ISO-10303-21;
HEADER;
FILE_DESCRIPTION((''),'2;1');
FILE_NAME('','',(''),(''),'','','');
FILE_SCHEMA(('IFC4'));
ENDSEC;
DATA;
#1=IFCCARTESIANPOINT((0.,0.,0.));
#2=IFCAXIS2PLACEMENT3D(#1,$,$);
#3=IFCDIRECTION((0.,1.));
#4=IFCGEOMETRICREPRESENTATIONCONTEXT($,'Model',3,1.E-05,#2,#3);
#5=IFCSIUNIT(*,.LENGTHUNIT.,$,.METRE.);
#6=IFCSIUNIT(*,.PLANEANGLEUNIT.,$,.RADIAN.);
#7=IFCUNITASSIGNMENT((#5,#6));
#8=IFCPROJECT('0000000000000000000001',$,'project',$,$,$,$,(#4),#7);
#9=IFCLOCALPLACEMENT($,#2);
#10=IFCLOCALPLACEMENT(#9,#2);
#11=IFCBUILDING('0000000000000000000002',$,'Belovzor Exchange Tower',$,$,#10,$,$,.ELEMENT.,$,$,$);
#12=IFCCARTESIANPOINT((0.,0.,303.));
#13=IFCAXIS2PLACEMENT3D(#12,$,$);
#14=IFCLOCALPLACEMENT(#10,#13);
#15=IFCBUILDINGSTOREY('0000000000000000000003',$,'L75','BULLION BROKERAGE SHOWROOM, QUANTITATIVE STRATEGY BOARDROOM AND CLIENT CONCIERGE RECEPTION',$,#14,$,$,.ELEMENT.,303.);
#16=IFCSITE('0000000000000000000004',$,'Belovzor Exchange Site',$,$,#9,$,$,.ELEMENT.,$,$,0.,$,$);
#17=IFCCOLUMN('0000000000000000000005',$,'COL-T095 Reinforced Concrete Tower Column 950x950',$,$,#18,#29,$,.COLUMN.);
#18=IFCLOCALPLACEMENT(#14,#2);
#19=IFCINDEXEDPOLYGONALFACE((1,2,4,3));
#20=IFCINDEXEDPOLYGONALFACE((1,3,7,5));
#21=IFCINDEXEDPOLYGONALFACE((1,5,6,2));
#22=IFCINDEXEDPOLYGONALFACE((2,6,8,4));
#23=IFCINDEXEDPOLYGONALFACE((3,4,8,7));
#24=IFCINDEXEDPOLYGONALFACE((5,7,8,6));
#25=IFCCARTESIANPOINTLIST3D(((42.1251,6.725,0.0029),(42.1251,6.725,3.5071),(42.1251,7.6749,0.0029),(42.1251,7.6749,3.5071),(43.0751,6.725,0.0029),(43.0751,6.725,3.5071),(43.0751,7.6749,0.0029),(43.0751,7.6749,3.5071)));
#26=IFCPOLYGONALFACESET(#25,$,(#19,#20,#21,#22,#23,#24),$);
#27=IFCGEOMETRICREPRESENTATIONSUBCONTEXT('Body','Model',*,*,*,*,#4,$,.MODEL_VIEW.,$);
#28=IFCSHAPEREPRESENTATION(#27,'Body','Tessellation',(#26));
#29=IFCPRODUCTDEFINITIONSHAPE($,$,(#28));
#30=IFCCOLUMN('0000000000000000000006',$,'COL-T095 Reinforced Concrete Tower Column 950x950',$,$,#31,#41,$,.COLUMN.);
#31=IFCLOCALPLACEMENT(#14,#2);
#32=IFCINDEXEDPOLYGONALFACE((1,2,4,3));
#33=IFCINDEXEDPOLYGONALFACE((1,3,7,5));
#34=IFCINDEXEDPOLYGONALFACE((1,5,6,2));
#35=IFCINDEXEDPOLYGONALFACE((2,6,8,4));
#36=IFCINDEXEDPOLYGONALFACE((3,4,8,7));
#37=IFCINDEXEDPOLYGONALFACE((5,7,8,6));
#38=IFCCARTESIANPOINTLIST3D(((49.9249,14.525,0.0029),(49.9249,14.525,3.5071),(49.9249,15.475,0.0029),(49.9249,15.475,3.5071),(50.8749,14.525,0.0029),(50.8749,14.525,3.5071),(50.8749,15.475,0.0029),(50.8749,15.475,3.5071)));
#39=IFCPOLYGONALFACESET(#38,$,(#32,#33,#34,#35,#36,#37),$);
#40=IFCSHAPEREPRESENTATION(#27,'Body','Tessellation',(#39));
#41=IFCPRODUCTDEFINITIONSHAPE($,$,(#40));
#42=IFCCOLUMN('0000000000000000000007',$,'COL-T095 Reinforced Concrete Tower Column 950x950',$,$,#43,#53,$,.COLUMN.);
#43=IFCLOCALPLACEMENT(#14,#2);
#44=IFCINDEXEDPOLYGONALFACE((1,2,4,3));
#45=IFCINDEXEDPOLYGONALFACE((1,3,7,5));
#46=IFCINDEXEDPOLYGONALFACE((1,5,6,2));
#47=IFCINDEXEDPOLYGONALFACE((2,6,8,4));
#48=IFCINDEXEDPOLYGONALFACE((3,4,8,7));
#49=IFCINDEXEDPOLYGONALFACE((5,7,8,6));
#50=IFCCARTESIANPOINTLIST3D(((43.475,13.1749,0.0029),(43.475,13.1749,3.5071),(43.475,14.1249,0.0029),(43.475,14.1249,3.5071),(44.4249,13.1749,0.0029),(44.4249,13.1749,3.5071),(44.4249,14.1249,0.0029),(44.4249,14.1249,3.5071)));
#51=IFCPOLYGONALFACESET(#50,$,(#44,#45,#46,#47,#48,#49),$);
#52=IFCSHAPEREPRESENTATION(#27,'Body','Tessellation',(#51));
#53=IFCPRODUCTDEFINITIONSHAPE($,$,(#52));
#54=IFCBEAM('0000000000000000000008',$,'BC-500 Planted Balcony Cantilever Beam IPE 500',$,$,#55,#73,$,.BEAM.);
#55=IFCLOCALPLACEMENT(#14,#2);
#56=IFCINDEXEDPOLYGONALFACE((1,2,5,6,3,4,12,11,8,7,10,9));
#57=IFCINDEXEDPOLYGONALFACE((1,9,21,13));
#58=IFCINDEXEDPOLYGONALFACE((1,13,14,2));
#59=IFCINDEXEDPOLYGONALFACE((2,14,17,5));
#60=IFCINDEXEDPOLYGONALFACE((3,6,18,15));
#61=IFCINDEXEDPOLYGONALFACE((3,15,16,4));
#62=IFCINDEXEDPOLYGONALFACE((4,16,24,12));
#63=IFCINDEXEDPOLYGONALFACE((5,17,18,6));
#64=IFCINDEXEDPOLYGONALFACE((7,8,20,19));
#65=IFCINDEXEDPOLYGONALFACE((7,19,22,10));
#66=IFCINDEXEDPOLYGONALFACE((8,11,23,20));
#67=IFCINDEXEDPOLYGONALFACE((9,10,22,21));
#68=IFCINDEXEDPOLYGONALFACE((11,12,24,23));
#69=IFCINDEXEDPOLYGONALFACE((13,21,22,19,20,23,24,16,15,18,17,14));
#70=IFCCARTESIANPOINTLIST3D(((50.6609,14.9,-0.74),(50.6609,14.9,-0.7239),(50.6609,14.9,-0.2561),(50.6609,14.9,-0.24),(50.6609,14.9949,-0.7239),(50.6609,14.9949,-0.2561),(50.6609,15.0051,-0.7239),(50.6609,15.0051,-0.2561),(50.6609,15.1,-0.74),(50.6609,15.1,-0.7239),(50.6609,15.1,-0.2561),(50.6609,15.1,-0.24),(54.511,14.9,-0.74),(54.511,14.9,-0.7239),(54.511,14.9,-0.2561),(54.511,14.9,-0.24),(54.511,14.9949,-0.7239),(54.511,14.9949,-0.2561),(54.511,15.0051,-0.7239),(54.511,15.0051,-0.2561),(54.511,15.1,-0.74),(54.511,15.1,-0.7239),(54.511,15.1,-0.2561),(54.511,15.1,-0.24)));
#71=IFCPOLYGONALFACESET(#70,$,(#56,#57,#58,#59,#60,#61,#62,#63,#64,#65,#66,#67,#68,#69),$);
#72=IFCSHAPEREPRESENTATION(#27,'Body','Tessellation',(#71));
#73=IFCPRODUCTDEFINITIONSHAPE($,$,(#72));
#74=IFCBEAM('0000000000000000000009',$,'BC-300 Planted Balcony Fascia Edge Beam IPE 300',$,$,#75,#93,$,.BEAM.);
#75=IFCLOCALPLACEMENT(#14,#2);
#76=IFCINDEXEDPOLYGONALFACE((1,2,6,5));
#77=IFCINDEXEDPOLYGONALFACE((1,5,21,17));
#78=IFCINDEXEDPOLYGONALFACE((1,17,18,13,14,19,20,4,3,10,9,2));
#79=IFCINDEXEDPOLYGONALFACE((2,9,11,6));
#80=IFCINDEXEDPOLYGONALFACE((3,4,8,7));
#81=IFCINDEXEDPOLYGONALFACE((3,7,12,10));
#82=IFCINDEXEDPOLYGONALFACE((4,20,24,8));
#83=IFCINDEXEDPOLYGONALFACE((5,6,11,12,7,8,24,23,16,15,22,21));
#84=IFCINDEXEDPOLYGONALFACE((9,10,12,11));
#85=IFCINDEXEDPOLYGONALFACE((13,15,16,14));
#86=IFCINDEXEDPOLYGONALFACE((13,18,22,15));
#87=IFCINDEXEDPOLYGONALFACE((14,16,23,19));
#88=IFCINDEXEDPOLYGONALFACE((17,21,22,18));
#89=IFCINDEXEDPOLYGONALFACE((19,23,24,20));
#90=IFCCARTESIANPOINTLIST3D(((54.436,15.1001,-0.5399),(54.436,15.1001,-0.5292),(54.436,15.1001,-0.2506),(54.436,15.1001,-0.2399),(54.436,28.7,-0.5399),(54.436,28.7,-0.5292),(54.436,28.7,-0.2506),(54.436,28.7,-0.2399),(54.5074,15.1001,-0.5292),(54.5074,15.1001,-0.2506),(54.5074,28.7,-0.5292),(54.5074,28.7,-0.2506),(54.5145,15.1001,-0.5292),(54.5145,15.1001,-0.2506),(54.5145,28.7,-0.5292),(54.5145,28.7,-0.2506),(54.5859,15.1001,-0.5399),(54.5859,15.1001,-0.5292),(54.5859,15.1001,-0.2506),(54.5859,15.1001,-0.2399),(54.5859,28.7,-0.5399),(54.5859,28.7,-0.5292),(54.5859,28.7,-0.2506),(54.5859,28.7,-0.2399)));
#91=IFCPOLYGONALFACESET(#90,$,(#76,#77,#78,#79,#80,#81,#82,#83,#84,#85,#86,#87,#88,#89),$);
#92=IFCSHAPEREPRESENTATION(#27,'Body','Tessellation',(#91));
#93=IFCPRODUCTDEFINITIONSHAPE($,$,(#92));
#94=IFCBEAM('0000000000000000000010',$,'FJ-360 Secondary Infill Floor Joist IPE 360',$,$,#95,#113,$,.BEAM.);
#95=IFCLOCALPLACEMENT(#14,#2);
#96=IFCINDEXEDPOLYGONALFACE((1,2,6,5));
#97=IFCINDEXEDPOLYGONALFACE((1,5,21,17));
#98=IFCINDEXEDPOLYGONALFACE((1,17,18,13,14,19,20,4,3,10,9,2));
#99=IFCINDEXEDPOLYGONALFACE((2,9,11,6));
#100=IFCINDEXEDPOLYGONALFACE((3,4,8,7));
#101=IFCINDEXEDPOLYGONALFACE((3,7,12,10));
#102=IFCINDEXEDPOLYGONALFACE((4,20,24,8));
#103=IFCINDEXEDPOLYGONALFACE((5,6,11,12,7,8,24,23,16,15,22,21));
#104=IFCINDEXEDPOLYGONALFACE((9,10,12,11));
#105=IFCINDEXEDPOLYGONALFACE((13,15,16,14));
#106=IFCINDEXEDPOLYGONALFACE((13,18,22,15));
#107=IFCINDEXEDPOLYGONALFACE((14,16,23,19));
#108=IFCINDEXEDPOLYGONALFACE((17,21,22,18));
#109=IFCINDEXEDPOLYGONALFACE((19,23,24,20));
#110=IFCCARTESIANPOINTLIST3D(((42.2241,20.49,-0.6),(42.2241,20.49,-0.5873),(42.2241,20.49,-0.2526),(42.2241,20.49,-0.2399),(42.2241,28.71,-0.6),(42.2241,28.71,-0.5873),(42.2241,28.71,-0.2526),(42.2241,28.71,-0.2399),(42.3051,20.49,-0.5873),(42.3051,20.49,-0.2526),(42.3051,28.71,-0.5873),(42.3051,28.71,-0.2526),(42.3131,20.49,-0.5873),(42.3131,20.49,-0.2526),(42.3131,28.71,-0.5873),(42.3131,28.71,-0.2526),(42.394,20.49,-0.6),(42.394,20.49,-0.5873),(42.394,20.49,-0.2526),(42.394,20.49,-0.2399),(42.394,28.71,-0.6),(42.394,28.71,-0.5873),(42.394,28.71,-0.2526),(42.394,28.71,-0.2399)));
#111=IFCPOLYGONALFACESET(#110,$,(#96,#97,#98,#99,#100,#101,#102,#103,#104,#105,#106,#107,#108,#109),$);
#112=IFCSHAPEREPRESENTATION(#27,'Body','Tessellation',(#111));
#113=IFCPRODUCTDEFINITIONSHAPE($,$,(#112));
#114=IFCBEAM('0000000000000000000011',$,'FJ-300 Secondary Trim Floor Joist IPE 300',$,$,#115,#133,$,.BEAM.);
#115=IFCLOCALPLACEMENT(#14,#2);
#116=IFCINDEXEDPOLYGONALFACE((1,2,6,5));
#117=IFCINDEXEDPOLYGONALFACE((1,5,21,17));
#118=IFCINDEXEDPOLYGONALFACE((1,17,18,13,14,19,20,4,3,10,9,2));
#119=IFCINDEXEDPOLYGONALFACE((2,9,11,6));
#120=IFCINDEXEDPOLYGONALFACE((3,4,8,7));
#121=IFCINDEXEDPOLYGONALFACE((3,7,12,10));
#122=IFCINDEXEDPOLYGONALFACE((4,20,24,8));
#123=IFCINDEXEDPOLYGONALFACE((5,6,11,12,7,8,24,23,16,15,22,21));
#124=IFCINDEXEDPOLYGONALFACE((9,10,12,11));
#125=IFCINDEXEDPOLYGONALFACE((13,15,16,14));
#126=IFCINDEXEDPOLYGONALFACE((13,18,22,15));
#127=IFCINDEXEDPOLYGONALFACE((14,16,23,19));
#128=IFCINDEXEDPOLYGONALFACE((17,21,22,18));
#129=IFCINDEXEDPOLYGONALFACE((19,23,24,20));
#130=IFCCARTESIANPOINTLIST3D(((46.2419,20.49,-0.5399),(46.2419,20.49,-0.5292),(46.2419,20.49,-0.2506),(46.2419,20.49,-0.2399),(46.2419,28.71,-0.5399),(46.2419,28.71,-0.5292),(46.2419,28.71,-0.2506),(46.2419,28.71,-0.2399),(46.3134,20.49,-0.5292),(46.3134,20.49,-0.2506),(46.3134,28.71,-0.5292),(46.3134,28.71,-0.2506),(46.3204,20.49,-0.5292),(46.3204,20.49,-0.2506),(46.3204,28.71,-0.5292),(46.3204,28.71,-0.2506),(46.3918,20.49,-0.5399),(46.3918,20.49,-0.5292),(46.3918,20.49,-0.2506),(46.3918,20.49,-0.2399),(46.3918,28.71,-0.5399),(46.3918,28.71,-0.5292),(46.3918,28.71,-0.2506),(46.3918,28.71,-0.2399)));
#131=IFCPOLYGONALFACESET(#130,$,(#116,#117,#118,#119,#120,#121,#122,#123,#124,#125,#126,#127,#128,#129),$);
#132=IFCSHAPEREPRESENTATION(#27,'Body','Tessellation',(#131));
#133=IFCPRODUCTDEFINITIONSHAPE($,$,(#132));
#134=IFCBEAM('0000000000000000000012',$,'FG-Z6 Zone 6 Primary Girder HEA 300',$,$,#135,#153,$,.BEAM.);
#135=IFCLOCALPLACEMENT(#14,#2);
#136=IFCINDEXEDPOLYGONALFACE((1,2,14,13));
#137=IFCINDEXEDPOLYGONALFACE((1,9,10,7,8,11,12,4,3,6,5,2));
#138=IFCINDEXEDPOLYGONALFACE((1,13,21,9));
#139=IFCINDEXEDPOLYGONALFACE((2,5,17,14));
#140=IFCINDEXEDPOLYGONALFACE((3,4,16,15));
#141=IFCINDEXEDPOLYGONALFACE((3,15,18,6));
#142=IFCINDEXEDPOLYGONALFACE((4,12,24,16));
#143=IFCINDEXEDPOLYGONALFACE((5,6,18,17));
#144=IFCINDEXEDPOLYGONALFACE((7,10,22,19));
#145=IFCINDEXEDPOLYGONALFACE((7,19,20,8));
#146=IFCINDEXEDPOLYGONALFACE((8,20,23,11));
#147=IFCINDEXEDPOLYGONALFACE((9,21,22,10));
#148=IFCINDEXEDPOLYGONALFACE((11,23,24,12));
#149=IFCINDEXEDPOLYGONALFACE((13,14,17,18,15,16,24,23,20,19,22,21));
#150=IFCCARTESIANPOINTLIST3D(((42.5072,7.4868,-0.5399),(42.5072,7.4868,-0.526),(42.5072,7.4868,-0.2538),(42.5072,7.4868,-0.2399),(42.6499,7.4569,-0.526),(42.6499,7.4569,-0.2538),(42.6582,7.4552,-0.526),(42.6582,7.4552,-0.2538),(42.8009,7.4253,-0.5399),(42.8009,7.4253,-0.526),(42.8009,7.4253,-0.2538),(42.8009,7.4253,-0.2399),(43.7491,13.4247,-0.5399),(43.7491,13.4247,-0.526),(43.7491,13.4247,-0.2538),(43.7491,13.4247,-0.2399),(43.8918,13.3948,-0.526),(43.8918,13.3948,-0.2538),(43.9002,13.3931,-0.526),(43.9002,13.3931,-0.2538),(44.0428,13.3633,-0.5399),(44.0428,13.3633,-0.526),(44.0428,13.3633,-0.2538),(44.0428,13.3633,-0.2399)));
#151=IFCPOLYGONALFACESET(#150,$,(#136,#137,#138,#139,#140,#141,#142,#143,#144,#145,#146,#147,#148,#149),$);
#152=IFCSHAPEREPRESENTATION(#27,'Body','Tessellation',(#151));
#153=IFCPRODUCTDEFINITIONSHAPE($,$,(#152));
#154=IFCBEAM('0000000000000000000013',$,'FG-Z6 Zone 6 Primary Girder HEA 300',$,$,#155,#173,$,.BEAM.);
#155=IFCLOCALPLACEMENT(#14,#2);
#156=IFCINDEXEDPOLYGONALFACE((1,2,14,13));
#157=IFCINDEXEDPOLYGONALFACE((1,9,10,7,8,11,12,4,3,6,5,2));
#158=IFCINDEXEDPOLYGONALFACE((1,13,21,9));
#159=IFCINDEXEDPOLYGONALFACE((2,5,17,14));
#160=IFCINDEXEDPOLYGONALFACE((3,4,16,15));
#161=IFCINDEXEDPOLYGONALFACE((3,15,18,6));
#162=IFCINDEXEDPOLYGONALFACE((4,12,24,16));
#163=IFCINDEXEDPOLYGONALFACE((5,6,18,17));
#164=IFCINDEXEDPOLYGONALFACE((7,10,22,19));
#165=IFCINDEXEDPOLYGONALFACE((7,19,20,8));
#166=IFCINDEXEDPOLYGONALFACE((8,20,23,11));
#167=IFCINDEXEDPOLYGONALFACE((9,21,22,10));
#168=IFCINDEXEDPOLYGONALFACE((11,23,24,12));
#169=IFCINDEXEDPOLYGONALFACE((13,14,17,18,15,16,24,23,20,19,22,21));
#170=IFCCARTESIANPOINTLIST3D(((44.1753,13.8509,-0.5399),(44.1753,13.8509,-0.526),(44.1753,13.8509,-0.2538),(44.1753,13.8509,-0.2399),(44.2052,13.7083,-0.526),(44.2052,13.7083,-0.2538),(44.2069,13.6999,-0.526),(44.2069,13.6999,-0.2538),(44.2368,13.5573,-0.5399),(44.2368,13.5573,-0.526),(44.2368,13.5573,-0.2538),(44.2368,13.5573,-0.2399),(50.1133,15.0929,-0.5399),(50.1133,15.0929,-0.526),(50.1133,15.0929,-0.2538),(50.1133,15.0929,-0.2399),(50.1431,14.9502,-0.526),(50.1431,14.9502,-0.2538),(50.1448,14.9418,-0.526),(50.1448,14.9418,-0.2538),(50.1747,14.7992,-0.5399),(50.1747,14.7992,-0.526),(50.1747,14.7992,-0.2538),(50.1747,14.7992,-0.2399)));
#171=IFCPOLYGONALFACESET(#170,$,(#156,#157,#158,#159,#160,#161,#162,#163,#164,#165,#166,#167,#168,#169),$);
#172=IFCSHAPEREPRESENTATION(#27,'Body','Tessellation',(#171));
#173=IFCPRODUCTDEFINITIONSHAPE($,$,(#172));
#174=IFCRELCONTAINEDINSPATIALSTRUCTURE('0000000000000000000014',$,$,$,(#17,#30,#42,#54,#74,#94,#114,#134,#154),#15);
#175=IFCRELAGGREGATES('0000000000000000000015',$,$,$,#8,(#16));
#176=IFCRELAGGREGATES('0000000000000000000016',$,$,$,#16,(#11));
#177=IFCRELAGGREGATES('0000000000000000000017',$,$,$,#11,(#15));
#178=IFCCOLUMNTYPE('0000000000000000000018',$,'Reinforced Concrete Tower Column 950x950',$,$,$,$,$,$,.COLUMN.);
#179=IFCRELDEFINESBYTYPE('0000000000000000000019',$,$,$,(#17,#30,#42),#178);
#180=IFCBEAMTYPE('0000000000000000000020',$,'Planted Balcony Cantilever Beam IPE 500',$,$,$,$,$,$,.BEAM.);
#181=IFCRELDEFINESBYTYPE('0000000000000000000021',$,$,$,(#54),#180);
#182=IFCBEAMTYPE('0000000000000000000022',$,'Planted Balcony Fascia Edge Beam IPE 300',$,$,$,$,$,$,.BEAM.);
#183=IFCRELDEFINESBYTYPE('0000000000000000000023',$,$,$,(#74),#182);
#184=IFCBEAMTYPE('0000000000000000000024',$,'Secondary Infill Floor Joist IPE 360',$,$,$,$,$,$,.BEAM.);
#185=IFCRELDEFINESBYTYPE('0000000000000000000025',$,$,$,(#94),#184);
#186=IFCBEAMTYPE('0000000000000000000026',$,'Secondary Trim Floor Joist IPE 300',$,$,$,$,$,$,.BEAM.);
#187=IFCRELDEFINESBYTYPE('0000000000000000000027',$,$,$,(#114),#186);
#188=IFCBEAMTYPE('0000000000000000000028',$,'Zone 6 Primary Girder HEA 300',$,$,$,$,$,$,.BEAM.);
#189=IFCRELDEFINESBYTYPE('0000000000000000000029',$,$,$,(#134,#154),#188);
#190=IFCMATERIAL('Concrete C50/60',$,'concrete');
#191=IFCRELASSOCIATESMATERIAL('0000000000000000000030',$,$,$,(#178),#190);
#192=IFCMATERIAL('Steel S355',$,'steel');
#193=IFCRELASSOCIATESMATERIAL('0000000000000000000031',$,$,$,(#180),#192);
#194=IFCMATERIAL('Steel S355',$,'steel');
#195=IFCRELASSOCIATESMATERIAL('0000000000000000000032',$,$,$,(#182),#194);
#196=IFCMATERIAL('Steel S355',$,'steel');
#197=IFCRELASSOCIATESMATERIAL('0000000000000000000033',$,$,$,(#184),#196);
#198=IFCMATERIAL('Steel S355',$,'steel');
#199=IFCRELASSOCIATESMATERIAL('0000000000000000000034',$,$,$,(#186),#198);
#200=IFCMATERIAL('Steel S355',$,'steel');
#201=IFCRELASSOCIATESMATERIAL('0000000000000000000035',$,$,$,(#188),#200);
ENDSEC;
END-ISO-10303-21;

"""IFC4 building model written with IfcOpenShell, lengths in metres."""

from ifc_helpers import new_model, si_unit, direction, frame, origin, origin_2d, place, context, subcontext, project, spatial, rectangle, i_section, extrude, material, material_profile, profile_set, type_object, element, save


model = new_model("IFC4")

# Units and contexts
model_context = context("Model", 3, precision=1e-05, world=origin(), true_north=direction((0.0, 1.0)))
body_context = subcontext(model_context, "Body", "Model", "MODEL_VIEW")
ifc_project = project(units=[si_unit("LENGTHUNIT", "METRE"), si_unit("PLANEANGLEUNIT", "RADIAN")], contexts=[model_context])

# Site, building, storey
site_placement = place(None, origin())
site = spatial("IfcSite", under=ifc_project, at=site_placement, Name="Belovzor Exchange Site", CompositionType="ELEMENT", RefElevation=0.0)
building_placement = place(site_placement, origin())
building = spatial("IfcBuilding", under=site, at=building_placement, Name="Belovzor Exchange Tower", CompositionType="ELEMENT")
storey_placement = place(building_placement, frame((0.0, 0.0, 303.0)))
storey = spatial("IfcBuildingStorey", under=building, at=storey_placement, Name="L75", Description="BULLION BROKERAGE SHOWROOM, QUANTITATIVE STRATEGY BOARDROOM AND CLIENT CONCIERGE RECEPTION", CompositionType="ELEMENT", Elevation=303.0)

# Columns
ifc_material_1 = material(Name="Concrete C50/60", Category="concrete")
ifc_material_profile_1 = material_profile(ifc_material_1, rectangle(XDim=0.95, YDim=0.95, at=origin_2d()))
ifc_profile_set_1 = profile_set([ifc_material_profile_1], Name="Concrete C50/60")
column_type = type_object("IfcColumnType", Name="Reinforced Concrete Tower Column 950x950", PredefinedType="COLUMN", material=ifc_profile_set_1)
for number, where, z_axis, x_axis, name in (
    (1, (42.6001, 7.2, 0.0029), (0.0, 0.0, 1.0), (1.0, 0.0, 0.0), "COL-T095 Reinforced Concrete Tower Column 950x950"),
    (2, (50.3999, 15.0, 0.0029), (0.0, 0.0, 1.0), (1.0, 0.0, 0.0), "COL-T095 Reinforced Concrete Tower Column 950x950"),
    (3, (43.95, 13.6499, 0.0029), (0.0, 0.0, 1.0), (1.0, 0.0, 0.0), "COL-T095 Reinforced Concrete Tower Column 950x950"),
):
    element("IfcColumn", number, at=place(storey_placement, frame(where, z_axis=z_axis, x_axis=x_axis)), inside=storey, type_object=column_type, Name=name, PredefinedType="COLUMN", context=body_context, shape_type="SweptSolid", body=[
        extrude(rectangle(XDim=0.95, YDim=0.95, at=origin_2d()), origin(), (0.0, 0.0, 1.0), 3.5042),
    ])

# Beams
ifc_material_2 = material(Name="Steel S355", Category="steel")
ifc_material_profile_2 = material_profile(ifc_material_2, i_section(OverallWidth=0.2, OverallDepth=0.5, WebThickness=0.0103, FlangeThickness=0.0161, at=origin_2d()))
ifc_profile_set_2 = profile_set([ifc_material_profile_2], Name="Steel S355")
beam_type_1 = type_object("IfcBeamType", Name="Planted Balcony Cantilever Beam IPE 500", PredefinedType="BEAM", material=ifc_profile_set_2)
beam_1_placement = place(storey_placement, frame((50.6609, 15.0, -0.49), z_axis=(1.0, 0.0, 0.0), x_axis=(0.0, 1.0, 0.0)))
element("IfcBeam", 4, at=beam_1_placement, inside=storey, type_object=beam_type_1, Name="BC-500 Planted Balcony Cantilever Beam IPE 500", PredefinedType="BEAM", context=body_context, shape_type="SweptSolid", body=[
    extrude(i_section(OverallWidth=0.2, OverallDepth=0.5, WebThickness=0.0103, FlangeThickness=0.0161, at=origin_2d()), origin(), (0.0, 0.0, 1.0), 3.8501),
])
ifc_material_3 = material(Name="Steel S355", Category="steel")
ifc_material_profile_3 = material_profile(ifc_material_3, i_section(OverallWidth=0.1499, OverallDepth=0.3, WebThickness=0.0071, FlangeThickness=0.0107, at=origin_2d()))
ifc_profile_set_3 = profile_set([ifc_material_profile_3], Name="Steel S355")
beam_type_2 = type_object("IfcBeamType", Name="Planted Balcony Fascia Edge Beam IPE 300", PredefinedType="BEAM", material=ifc_profile_set_3)
beam_2_placement = place(storey_placement, frame((54.511, 15.1001, -0.3899), z_axis=(0.0, 1.0, 0.0), x_axis=(-1.0, 0.0, 0.0)))
element("IfcBeam", 5, at=beam_2_placement, inside=storey, type_object=beam_type_2, Name="BC-300 Planted Balcony Fascia Edge Beam IPE 300", PredefinedType="BEAM", context=body_context, shape_type="SweptSolid", body=[
    extrude(i_section(OverallWidth=0.1499, OverallDepth=0.3, WebThickness=0.0071, FlangeThickness=0.0107, at=origin_2d()), origin(), (0.0, 0.0, 1.0), 13.5999),
])
ifc_material_4 = material(Name="Steel S355", Category="steel")
ifc_material_profile_4 = material_profile(ifc_material_4, i_section(OverallWidth=0.1699, OverallDepth=0.3601, WebThickness=0.0081, FlangeThickness=0.0127, at=origin_2d()))
ifc_profile_set_4 = profile_set([ifc_material_profile_4], Name="Steel S355")
beam_type_3 = type_object("IfcBeamType", Name="Secondary Infill Floor Joist IPE 360", PredefinedType="BEAM", material=ifc_profile_set_4)
beam_3_placement = place(storey_placement, frame((42.3091, 20.49, -0.4199), z_axis=(0.0, 1.0, 0.0), x_axis=(-1.0, 0.0, 0.0)))
element("IfcBeam", 6, at=beam_3_placement, inside=storey, type_object=beam_type_3, Name="FJ-360 Secondary Infill Floor Joist IPE 360", PredefinedType="BEAM", context=body_context, shape_type="SweptSolid", body=[
    extrude(i_section(OverallWidth=0.1699, OverallDepth=0.3601, WebThickness=0.0081, FlangeThickness=0.0127, at=origin_2d()), origin(), (0.0, 0.0, 1.0), 8.22),
])
ifc_material_5 = material(Name="Steel S355", Category="steel")
ifc_material_profile_5 = material_profile(ifc_material_5, i_section(OverallWidth=0.1499, OverallDepth=0.3, WebThickness=0.0071, FlangeThickness=0.0107, at=origin_2d()))
ifc_profile_set_5 = profile_set([ifc_material_profile_5], Name="Steel S355")
beam_type_4 = type_object("IfcBeamType", Name="Secondary Trim Floor Joist IPE 300", PredefinedType="BEAM", material=ifc_profile_set_5)
beam_4_placement = place(storey_placement, frame((46.3169, 20.49, -0.3899), z_axis=(0.0, 1.0, 0.0), x_axis=(-1.0, 0.0, 0.0)))
element("IfcBeam", 7, at=beam_4_placement, inside=storey, type_object=beam_type_4, Name="FJ-300 Secondary Trim Floor Joist IPE 300", PredefinedType="BEAM", context=body_context, shape_type="SweptSolid", body=[
    extrude(i_section(OverallWidth=0.1499, OverallDepth=0.3, WebThickness=0.0071, FlangeThickness=0.0107, at=origin_2d()), origin(), (0.0, 0.0, 1.0), 8.22),
])
ifc_material_6 = material(Name="Steel S355", Category="steel")
ifc_material_profile_6 = material_profile(ifc_material_6, i_section(OverallWidth=0.3, OverallDepth=0.3, WebThickness=0.0085, FlangeThickness=0.0139, at=origin_2d()))
ifc_profile_set_6 = profile_set([ifc_material_profile_6], Name="Steel S355")
beam_type_5 = type_object("IfcBeamType", Name="Zone 6 Primary Girder HEA 300", PredefinedType="BEAM", material=ifc_profile_set_6)
for number, where, z_axis, x_axis, name in (
    (8, (42.6541, 7.4561, -0.3899), (0.204722, 0.97882, 0.0), (-0.97882, 0.204722, 0.0), "FG-Z6 Zone 6 Primary Girder HEA 300"),
    (9, (44.2061, 13.7041, -0.3899), (0.97882, 0.204722, 0.0), (-0.204722, 0.97882, 0.0), "FG-Z6 Zone 6 Primary Girder HEA 300"),
):
    element("IfcBeam", number, at=place(storey_placement, frame(where, z_axis=z_axis, x_axis=x_axis)), inside=storey, type_object=beam_type_5, Name=name, PredefinedType="BEAM", context=body_context, shape_type="SweptSolid", body=[
        extrude(i_section(OverallWidth=0.3, OverallDepth=0.3, WebThickness=0.0085, FlangeThickness=0.0139, at=origin_2d()), origin(), (0.0, 0.0, 1.0), 6.0664),
    ])

save(model, "model.ifc")
